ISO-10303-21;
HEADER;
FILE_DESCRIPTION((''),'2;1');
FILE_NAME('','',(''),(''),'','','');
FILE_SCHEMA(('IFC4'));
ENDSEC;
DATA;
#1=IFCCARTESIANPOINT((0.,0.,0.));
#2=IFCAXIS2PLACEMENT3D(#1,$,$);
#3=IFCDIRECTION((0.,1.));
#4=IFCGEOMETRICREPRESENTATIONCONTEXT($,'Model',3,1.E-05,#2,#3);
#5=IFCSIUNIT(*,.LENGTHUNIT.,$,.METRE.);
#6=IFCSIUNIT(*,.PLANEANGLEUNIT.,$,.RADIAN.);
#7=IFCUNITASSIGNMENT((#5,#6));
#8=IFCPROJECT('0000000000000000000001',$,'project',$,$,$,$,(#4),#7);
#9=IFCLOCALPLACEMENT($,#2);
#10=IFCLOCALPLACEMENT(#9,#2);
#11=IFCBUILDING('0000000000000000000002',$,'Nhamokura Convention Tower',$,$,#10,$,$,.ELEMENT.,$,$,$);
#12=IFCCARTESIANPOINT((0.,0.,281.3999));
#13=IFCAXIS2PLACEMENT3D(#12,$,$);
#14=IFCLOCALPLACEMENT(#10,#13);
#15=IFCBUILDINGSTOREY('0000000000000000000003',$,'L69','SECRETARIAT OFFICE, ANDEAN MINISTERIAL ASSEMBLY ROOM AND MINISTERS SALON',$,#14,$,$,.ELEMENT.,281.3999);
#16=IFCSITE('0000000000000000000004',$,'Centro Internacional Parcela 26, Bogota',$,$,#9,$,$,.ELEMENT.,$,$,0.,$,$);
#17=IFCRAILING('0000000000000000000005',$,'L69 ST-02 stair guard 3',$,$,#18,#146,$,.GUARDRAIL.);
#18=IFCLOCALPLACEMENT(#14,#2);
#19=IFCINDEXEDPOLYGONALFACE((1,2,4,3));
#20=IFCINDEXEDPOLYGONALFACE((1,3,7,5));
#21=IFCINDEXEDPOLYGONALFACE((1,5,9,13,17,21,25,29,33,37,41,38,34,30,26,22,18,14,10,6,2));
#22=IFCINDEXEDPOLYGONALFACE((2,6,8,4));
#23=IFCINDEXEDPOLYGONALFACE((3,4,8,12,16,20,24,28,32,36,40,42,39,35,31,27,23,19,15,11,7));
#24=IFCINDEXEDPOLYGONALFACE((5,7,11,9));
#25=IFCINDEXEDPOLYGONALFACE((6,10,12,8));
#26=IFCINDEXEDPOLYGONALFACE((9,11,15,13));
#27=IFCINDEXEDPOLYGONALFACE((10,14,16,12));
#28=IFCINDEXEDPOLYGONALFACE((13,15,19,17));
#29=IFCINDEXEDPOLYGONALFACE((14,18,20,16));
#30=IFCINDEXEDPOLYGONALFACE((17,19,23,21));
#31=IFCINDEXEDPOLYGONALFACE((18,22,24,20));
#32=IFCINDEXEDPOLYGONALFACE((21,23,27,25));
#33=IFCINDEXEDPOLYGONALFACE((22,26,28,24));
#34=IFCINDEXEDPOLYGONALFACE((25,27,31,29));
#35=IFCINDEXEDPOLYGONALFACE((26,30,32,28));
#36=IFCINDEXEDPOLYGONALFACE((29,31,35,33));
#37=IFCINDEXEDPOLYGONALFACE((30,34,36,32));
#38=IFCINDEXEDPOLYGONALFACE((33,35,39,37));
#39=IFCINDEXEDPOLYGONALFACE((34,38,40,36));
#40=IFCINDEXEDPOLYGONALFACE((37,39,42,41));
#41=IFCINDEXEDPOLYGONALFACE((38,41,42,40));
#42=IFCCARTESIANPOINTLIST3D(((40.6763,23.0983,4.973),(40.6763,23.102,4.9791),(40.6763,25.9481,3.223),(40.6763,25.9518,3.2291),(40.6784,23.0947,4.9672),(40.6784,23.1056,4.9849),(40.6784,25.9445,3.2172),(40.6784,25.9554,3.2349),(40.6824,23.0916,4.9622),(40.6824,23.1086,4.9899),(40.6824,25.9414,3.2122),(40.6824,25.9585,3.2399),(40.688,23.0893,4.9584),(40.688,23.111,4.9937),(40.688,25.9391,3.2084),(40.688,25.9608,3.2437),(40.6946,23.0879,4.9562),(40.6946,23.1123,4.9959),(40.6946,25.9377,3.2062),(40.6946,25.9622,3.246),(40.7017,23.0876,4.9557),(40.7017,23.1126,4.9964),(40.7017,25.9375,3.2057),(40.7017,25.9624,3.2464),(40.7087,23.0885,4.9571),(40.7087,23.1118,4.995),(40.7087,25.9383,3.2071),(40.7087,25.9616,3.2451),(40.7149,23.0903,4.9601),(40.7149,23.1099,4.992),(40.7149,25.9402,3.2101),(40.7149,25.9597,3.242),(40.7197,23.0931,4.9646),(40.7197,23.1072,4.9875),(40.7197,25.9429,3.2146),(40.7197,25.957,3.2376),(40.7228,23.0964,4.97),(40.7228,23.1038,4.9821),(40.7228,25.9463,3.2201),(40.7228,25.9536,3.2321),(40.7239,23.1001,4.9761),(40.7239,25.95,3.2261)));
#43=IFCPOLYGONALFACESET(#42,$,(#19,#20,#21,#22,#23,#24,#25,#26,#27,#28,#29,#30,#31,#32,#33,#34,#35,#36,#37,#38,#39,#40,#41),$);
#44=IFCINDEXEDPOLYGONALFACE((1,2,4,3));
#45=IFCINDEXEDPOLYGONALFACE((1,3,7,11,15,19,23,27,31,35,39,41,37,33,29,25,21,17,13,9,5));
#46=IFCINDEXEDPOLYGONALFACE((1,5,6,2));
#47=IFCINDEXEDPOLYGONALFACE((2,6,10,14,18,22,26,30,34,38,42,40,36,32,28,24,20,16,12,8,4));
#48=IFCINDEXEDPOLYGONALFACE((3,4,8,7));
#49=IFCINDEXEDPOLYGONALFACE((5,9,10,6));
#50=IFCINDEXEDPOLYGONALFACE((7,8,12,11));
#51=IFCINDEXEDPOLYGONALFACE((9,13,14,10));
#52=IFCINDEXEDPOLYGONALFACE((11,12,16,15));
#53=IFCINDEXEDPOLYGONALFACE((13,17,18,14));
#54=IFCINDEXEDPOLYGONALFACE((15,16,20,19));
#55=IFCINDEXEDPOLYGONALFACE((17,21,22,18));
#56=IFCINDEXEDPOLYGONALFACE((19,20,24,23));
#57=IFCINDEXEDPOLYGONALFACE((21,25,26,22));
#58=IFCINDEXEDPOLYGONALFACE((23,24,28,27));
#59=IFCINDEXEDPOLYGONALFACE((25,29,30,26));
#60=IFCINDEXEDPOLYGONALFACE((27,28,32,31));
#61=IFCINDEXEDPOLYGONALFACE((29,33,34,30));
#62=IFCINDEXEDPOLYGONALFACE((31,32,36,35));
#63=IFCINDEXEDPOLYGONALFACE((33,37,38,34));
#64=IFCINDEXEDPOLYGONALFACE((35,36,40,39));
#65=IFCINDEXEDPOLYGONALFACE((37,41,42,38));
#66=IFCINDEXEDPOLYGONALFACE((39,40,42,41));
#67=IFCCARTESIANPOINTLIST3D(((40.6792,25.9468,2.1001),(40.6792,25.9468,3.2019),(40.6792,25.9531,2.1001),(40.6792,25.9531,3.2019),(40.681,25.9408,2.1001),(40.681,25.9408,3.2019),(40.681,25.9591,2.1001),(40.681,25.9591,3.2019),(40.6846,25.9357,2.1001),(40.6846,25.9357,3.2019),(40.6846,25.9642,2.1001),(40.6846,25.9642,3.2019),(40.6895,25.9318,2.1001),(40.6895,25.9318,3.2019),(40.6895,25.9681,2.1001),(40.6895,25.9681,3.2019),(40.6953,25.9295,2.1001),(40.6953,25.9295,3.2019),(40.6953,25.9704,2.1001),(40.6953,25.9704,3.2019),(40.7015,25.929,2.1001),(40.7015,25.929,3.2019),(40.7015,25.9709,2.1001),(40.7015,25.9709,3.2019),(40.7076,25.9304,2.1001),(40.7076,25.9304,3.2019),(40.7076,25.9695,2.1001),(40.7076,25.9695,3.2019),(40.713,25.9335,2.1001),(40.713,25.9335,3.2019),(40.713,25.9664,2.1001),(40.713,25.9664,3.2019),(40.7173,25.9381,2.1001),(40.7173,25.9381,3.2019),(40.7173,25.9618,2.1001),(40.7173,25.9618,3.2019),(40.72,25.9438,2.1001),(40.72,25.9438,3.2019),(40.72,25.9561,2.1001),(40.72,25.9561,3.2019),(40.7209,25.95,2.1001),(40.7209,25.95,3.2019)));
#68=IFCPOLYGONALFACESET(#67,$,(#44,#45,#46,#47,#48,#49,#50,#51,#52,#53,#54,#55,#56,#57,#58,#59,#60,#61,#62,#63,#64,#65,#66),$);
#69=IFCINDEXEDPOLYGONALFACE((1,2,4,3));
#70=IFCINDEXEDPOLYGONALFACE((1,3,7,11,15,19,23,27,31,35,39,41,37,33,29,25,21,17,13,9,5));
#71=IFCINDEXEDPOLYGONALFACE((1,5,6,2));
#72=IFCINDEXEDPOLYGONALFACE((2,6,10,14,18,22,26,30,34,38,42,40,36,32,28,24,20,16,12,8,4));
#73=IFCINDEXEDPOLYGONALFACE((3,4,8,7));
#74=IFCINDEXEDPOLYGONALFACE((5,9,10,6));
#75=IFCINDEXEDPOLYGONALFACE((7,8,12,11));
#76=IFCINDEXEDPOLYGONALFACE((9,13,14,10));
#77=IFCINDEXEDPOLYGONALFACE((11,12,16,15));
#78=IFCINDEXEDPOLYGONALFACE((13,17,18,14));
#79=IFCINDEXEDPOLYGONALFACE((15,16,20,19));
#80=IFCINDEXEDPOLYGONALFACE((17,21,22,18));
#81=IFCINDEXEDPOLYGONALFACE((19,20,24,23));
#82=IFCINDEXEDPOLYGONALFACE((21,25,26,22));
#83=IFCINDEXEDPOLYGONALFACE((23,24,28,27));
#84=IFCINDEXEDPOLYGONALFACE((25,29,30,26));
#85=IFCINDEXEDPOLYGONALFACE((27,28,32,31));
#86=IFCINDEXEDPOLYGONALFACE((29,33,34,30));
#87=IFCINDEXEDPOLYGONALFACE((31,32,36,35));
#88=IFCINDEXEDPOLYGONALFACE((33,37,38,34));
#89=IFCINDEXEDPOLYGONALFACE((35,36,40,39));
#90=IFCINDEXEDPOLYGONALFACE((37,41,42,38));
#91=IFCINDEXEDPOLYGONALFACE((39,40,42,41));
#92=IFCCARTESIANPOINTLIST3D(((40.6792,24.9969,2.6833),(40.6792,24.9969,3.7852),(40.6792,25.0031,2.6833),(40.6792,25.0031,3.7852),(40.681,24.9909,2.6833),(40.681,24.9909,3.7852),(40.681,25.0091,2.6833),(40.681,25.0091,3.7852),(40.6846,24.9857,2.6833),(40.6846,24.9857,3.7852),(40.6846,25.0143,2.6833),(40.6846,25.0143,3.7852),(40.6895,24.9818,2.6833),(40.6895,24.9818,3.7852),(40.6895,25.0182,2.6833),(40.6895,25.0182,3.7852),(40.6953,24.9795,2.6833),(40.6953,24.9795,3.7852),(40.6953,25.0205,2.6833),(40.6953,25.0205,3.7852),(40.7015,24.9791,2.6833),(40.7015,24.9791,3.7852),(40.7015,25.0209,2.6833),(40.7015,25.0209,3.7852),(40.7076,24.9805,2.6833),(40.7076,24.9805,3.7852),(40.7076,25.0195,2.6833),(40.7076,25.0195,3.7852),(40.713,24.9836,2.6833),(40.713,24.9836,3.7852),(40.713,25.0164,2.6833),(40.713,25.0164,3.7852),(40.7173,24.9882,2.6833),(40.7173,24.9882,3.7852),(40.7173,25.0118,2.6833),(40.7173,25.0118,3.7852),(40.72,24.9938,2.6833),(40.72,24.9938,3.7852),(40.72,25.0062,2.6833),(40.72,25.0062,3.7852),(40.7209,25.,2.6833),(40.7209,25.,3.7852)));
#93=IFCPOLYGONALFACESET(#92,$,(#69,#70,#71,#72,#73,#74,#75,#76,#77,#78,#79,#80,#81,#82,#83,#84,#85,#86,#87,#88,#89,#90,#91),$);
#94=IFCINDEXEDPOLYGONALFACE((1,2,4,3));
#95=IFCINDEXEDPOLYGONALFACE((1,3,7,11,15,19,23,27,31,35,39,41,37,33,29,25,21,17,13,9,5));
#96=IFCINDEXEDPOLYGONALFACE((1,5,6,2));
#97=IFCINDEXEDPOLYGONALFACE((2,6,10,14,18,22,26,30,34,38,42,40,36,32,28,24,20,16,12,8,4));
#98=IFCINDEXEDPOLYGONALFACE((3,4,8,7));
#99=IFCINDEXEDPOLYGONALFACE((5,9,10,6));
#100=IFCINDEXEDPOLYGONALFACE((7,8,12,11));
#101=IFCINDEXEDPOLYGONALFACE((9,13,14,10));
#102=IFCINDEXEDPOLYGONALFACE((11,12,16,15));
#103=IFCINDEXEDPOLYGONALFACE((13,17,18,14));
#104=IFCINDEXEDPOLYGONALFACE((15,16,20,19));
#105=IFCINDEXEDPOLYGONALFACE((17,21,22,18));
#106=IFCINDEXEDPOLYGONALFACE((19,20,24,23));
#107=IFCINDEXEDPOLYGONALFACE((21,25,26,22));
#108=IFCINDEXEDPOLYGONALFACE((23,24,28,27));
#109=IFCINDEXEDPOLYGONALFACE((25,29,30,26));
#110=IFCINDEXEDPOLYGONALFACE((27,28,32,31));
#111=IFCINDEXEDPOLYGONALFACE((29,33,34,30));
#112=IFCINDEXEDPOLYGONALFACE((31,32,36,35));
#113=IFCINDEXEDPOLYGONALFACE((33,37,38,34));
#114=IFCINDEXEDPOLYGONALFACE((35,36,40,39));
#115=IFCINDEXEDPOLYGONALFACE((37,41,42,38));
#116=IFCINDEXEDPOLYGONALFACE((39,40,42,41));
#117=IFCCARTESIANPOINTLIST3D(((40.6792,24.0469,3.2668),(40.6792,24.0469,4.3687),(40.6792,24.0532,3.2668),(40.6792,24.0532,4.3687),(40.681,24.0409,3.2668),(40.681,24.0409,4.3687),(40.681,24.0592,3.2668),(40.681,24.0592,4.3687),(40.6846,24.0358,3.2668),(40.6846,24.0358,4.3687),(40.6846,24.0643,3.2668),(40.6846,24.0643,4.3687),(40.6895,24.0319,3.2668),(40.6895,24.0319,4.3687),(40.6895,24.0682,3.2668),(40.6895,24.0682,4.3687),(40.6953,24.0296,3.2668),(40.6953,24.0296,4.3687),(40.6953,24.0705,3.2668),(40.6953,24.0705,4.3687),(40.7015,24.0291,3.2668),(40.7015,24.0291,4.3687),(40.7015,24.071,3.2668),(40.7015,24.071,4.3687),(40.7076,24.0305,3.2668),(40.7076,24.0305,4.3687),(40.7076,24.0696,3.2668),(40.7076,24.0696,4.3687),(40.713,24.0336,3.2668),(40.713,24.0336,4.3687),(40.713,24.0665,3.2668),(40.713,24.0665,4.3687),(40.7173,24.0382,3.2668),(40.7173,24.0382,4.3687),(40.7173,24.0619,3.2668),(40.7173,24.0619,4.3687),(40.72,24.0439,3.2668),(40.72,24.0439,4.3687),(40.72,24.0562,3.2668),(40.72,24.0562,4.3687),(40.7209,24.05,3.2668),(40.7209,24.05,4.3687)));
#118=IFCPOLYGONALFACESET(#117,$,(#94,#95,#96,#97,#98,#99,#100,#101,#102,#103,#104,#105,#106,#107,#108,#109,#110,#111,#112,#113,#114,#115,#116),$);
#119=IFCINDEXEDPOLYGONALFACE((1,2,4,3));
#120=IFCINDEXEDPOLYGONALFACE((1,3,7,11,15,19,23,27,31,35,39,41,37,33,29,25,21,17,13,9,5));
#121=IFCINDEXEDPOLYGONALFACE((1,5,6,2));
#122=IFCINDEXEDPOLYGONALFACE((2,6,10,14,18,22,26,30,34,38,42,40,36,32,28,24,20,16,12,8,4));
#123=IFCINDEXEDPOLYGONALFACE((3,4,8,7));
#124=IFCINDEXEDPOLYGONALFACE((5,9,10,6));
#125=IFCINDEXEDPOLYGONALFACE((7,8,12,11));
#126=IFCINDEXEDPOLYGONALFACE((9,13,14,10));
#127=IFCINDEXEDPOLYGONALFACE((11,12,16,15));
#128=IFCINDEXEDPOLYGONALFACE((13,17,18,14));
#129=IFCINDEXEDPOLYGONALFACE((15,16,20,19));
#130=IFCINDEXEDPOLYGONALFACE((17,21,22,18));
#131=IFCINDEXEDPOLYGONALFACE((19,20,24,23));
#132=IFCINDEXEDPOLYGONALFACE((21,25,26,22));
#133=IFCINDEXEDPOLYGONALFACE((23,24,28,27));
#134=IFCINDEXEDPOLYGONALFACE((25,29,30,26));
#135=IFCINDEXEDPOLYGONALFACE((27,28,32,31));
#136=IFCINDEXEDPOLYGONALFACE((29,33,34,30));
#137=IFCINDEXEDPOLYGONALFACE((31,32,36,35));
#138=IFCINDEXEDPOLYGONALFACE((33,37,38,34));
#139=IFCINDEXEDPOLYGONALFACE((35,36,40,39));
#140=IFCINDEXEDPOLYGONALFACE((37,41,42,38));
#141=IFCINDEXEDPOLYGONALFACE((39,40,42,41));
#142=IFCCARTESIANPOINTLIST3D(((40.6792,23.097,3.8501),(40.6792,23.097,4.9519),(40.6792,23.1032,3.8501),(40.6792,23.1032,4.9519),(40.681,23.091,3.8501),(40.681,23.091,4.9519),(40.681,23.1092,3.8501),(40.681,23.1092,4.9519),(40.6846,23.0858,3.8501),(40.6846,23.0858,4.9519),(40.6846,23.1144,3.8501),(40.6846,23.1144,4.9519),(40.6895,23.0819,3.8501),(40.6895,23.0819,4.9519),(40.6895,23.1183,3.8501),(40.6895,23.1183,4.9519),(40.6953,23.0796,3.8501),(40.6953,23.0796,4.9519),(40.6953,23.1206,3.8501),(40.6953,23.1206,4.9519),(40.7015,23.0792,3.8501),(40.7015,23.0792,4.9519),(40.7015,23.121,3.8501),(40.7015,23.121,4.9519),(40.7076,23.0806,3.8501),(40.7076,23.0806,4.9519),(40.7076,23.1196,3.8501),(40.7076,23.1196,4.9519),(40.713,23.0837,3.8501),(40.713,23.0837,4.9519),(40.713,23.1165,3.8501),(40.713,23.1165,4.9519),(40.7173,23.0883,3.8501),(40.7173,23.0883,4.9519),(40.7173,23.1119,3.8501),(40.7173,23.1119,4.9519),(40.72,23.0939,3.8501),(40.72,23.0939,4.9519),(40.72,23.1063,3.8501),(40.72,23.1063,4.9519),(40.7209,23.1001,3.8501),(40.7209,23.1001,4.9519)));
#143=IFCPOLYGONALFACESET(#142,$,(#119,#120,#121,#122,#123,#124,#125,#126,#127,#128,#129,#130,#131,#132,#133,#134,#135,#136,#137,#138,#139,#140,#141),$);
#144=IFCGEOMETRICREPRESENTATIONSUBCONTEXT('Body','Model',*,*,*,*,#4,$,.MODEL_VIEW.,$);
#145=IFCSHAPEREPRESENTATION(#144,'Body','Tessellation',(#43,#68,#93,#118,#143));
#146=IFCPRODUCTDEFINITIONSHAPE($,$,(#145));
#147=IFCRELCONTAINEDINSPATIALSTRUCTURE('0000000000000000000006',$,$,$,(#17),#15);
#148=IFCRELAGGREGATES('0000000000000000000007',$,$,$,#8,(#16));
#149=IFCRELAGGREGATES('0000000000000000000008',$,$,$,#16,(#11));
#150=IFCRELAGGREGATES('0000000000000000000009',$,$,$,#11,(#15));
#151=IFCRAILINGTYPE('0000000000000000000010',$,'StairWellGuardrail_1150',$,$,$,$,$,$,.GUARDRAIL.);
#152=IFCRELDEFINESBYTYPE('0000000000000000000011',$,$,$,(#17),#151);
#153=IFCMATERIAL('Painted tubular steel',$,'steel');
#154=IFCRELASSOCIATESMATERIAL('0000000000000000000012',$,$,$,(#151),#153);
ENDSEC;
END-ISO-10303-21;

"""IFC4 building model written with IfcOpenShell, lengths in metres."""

from ifc_helpers import new_model, si_unit, direction, frame, origin, origin_2d, place, context, subcontext, project, spatial, circle, extrude, material, type_object, element, save


model = new_model("IFC4")

# Units and contexts
model_context = context("Model", 3, precision=1e-05, world=origin(), true_north=direction((0.0, 1.0)))
body_context = subcontext(model_context, "Body", "Model", "MODEL_VIEW")
ifc_project = project(units=[si_unit("LENGTHUNIT", "METRE"), si_unit("PLANEANGLEUNIT", "RADIAN")], contexts=[model_context])

# Site, building, storey
site_placement = place(None, origin())
site = spatial("IfcSite", under=ifc_project, at=site_placement, Name="Centro Internacional Parcela 26, Bogota", CompositionType="ELEMENT", RefElevation=0.0)
building_placement = place(site_placement, origin())
building = spatial("IfcBuilding", under=site, at=building_placement, Name="Nhamokura Convention Tower", CompositionType="ELEMENT")
storey_placement = place(building_placement, frame((0.0, 0.0, 281.3999)))
storey = spatial("IfcBuildingStorey", under=building, at=storey_placement, Name="L69", Description="SECRETARIAT OFFICE, ANDEAN MINISTERIAL ASSEMBLY ROOM AND MINISTERS SALON", CompositionType="ELEMENT", Elevation=281.3999)

# Railing
ifc_material_1 = material(Name="Painted tubular steel", Category="steel")
railing_type_1 = type_object("IfcRailingType", Name="StairWellGuardrail_1150", PredefinedType="GUARDRAIL", material=ifc_material_1)
railing_1_placement = place(storey_placement, frame((40.7, 25.95, 2.1001)))
element("IfcRailing", 1, at=railing_1_placement, inside=storey, type_object=railing_type_1, Name="L69 ST-02 stair guard 3", PredefinedType="GUARDRAIL", context=body_context, shape_type="SweptSolid", body=[
    extrude(circle(Radius=0.0239, at=origin_2d()), frame((0.0, 0.0, 1.126), z_axis=(0.0, -0.852159, 0.523283), x_axis=(1.0, 0.0, 0.0)), (0.0, 0.0, 1.0), 3.3442),
    extrude(circle(Radius=0.021, at=origin_2d()), origin(), (0.0, 0.0, 1.0), 1.1018),
    extrude(circle(Radius=0.021, at=origin_2d()), frame((0.0, -0.95, 0.5833)), (0.0, 0.0, 1.0), 1.1018),
    extrude(circle(Radius=0.021, at=origin_2d()), frame((0.0, -1.8999, 1.1667)), (0.0, 0.0, 1.0), 1.1018),
    extrude(circle(Radius=0.021, at=origin_2d()), frame((0.0, -2.8499, 1.75)), (0.0, 0.0, 1.0), 1.1018),
])

save(model, "model.ifc")
